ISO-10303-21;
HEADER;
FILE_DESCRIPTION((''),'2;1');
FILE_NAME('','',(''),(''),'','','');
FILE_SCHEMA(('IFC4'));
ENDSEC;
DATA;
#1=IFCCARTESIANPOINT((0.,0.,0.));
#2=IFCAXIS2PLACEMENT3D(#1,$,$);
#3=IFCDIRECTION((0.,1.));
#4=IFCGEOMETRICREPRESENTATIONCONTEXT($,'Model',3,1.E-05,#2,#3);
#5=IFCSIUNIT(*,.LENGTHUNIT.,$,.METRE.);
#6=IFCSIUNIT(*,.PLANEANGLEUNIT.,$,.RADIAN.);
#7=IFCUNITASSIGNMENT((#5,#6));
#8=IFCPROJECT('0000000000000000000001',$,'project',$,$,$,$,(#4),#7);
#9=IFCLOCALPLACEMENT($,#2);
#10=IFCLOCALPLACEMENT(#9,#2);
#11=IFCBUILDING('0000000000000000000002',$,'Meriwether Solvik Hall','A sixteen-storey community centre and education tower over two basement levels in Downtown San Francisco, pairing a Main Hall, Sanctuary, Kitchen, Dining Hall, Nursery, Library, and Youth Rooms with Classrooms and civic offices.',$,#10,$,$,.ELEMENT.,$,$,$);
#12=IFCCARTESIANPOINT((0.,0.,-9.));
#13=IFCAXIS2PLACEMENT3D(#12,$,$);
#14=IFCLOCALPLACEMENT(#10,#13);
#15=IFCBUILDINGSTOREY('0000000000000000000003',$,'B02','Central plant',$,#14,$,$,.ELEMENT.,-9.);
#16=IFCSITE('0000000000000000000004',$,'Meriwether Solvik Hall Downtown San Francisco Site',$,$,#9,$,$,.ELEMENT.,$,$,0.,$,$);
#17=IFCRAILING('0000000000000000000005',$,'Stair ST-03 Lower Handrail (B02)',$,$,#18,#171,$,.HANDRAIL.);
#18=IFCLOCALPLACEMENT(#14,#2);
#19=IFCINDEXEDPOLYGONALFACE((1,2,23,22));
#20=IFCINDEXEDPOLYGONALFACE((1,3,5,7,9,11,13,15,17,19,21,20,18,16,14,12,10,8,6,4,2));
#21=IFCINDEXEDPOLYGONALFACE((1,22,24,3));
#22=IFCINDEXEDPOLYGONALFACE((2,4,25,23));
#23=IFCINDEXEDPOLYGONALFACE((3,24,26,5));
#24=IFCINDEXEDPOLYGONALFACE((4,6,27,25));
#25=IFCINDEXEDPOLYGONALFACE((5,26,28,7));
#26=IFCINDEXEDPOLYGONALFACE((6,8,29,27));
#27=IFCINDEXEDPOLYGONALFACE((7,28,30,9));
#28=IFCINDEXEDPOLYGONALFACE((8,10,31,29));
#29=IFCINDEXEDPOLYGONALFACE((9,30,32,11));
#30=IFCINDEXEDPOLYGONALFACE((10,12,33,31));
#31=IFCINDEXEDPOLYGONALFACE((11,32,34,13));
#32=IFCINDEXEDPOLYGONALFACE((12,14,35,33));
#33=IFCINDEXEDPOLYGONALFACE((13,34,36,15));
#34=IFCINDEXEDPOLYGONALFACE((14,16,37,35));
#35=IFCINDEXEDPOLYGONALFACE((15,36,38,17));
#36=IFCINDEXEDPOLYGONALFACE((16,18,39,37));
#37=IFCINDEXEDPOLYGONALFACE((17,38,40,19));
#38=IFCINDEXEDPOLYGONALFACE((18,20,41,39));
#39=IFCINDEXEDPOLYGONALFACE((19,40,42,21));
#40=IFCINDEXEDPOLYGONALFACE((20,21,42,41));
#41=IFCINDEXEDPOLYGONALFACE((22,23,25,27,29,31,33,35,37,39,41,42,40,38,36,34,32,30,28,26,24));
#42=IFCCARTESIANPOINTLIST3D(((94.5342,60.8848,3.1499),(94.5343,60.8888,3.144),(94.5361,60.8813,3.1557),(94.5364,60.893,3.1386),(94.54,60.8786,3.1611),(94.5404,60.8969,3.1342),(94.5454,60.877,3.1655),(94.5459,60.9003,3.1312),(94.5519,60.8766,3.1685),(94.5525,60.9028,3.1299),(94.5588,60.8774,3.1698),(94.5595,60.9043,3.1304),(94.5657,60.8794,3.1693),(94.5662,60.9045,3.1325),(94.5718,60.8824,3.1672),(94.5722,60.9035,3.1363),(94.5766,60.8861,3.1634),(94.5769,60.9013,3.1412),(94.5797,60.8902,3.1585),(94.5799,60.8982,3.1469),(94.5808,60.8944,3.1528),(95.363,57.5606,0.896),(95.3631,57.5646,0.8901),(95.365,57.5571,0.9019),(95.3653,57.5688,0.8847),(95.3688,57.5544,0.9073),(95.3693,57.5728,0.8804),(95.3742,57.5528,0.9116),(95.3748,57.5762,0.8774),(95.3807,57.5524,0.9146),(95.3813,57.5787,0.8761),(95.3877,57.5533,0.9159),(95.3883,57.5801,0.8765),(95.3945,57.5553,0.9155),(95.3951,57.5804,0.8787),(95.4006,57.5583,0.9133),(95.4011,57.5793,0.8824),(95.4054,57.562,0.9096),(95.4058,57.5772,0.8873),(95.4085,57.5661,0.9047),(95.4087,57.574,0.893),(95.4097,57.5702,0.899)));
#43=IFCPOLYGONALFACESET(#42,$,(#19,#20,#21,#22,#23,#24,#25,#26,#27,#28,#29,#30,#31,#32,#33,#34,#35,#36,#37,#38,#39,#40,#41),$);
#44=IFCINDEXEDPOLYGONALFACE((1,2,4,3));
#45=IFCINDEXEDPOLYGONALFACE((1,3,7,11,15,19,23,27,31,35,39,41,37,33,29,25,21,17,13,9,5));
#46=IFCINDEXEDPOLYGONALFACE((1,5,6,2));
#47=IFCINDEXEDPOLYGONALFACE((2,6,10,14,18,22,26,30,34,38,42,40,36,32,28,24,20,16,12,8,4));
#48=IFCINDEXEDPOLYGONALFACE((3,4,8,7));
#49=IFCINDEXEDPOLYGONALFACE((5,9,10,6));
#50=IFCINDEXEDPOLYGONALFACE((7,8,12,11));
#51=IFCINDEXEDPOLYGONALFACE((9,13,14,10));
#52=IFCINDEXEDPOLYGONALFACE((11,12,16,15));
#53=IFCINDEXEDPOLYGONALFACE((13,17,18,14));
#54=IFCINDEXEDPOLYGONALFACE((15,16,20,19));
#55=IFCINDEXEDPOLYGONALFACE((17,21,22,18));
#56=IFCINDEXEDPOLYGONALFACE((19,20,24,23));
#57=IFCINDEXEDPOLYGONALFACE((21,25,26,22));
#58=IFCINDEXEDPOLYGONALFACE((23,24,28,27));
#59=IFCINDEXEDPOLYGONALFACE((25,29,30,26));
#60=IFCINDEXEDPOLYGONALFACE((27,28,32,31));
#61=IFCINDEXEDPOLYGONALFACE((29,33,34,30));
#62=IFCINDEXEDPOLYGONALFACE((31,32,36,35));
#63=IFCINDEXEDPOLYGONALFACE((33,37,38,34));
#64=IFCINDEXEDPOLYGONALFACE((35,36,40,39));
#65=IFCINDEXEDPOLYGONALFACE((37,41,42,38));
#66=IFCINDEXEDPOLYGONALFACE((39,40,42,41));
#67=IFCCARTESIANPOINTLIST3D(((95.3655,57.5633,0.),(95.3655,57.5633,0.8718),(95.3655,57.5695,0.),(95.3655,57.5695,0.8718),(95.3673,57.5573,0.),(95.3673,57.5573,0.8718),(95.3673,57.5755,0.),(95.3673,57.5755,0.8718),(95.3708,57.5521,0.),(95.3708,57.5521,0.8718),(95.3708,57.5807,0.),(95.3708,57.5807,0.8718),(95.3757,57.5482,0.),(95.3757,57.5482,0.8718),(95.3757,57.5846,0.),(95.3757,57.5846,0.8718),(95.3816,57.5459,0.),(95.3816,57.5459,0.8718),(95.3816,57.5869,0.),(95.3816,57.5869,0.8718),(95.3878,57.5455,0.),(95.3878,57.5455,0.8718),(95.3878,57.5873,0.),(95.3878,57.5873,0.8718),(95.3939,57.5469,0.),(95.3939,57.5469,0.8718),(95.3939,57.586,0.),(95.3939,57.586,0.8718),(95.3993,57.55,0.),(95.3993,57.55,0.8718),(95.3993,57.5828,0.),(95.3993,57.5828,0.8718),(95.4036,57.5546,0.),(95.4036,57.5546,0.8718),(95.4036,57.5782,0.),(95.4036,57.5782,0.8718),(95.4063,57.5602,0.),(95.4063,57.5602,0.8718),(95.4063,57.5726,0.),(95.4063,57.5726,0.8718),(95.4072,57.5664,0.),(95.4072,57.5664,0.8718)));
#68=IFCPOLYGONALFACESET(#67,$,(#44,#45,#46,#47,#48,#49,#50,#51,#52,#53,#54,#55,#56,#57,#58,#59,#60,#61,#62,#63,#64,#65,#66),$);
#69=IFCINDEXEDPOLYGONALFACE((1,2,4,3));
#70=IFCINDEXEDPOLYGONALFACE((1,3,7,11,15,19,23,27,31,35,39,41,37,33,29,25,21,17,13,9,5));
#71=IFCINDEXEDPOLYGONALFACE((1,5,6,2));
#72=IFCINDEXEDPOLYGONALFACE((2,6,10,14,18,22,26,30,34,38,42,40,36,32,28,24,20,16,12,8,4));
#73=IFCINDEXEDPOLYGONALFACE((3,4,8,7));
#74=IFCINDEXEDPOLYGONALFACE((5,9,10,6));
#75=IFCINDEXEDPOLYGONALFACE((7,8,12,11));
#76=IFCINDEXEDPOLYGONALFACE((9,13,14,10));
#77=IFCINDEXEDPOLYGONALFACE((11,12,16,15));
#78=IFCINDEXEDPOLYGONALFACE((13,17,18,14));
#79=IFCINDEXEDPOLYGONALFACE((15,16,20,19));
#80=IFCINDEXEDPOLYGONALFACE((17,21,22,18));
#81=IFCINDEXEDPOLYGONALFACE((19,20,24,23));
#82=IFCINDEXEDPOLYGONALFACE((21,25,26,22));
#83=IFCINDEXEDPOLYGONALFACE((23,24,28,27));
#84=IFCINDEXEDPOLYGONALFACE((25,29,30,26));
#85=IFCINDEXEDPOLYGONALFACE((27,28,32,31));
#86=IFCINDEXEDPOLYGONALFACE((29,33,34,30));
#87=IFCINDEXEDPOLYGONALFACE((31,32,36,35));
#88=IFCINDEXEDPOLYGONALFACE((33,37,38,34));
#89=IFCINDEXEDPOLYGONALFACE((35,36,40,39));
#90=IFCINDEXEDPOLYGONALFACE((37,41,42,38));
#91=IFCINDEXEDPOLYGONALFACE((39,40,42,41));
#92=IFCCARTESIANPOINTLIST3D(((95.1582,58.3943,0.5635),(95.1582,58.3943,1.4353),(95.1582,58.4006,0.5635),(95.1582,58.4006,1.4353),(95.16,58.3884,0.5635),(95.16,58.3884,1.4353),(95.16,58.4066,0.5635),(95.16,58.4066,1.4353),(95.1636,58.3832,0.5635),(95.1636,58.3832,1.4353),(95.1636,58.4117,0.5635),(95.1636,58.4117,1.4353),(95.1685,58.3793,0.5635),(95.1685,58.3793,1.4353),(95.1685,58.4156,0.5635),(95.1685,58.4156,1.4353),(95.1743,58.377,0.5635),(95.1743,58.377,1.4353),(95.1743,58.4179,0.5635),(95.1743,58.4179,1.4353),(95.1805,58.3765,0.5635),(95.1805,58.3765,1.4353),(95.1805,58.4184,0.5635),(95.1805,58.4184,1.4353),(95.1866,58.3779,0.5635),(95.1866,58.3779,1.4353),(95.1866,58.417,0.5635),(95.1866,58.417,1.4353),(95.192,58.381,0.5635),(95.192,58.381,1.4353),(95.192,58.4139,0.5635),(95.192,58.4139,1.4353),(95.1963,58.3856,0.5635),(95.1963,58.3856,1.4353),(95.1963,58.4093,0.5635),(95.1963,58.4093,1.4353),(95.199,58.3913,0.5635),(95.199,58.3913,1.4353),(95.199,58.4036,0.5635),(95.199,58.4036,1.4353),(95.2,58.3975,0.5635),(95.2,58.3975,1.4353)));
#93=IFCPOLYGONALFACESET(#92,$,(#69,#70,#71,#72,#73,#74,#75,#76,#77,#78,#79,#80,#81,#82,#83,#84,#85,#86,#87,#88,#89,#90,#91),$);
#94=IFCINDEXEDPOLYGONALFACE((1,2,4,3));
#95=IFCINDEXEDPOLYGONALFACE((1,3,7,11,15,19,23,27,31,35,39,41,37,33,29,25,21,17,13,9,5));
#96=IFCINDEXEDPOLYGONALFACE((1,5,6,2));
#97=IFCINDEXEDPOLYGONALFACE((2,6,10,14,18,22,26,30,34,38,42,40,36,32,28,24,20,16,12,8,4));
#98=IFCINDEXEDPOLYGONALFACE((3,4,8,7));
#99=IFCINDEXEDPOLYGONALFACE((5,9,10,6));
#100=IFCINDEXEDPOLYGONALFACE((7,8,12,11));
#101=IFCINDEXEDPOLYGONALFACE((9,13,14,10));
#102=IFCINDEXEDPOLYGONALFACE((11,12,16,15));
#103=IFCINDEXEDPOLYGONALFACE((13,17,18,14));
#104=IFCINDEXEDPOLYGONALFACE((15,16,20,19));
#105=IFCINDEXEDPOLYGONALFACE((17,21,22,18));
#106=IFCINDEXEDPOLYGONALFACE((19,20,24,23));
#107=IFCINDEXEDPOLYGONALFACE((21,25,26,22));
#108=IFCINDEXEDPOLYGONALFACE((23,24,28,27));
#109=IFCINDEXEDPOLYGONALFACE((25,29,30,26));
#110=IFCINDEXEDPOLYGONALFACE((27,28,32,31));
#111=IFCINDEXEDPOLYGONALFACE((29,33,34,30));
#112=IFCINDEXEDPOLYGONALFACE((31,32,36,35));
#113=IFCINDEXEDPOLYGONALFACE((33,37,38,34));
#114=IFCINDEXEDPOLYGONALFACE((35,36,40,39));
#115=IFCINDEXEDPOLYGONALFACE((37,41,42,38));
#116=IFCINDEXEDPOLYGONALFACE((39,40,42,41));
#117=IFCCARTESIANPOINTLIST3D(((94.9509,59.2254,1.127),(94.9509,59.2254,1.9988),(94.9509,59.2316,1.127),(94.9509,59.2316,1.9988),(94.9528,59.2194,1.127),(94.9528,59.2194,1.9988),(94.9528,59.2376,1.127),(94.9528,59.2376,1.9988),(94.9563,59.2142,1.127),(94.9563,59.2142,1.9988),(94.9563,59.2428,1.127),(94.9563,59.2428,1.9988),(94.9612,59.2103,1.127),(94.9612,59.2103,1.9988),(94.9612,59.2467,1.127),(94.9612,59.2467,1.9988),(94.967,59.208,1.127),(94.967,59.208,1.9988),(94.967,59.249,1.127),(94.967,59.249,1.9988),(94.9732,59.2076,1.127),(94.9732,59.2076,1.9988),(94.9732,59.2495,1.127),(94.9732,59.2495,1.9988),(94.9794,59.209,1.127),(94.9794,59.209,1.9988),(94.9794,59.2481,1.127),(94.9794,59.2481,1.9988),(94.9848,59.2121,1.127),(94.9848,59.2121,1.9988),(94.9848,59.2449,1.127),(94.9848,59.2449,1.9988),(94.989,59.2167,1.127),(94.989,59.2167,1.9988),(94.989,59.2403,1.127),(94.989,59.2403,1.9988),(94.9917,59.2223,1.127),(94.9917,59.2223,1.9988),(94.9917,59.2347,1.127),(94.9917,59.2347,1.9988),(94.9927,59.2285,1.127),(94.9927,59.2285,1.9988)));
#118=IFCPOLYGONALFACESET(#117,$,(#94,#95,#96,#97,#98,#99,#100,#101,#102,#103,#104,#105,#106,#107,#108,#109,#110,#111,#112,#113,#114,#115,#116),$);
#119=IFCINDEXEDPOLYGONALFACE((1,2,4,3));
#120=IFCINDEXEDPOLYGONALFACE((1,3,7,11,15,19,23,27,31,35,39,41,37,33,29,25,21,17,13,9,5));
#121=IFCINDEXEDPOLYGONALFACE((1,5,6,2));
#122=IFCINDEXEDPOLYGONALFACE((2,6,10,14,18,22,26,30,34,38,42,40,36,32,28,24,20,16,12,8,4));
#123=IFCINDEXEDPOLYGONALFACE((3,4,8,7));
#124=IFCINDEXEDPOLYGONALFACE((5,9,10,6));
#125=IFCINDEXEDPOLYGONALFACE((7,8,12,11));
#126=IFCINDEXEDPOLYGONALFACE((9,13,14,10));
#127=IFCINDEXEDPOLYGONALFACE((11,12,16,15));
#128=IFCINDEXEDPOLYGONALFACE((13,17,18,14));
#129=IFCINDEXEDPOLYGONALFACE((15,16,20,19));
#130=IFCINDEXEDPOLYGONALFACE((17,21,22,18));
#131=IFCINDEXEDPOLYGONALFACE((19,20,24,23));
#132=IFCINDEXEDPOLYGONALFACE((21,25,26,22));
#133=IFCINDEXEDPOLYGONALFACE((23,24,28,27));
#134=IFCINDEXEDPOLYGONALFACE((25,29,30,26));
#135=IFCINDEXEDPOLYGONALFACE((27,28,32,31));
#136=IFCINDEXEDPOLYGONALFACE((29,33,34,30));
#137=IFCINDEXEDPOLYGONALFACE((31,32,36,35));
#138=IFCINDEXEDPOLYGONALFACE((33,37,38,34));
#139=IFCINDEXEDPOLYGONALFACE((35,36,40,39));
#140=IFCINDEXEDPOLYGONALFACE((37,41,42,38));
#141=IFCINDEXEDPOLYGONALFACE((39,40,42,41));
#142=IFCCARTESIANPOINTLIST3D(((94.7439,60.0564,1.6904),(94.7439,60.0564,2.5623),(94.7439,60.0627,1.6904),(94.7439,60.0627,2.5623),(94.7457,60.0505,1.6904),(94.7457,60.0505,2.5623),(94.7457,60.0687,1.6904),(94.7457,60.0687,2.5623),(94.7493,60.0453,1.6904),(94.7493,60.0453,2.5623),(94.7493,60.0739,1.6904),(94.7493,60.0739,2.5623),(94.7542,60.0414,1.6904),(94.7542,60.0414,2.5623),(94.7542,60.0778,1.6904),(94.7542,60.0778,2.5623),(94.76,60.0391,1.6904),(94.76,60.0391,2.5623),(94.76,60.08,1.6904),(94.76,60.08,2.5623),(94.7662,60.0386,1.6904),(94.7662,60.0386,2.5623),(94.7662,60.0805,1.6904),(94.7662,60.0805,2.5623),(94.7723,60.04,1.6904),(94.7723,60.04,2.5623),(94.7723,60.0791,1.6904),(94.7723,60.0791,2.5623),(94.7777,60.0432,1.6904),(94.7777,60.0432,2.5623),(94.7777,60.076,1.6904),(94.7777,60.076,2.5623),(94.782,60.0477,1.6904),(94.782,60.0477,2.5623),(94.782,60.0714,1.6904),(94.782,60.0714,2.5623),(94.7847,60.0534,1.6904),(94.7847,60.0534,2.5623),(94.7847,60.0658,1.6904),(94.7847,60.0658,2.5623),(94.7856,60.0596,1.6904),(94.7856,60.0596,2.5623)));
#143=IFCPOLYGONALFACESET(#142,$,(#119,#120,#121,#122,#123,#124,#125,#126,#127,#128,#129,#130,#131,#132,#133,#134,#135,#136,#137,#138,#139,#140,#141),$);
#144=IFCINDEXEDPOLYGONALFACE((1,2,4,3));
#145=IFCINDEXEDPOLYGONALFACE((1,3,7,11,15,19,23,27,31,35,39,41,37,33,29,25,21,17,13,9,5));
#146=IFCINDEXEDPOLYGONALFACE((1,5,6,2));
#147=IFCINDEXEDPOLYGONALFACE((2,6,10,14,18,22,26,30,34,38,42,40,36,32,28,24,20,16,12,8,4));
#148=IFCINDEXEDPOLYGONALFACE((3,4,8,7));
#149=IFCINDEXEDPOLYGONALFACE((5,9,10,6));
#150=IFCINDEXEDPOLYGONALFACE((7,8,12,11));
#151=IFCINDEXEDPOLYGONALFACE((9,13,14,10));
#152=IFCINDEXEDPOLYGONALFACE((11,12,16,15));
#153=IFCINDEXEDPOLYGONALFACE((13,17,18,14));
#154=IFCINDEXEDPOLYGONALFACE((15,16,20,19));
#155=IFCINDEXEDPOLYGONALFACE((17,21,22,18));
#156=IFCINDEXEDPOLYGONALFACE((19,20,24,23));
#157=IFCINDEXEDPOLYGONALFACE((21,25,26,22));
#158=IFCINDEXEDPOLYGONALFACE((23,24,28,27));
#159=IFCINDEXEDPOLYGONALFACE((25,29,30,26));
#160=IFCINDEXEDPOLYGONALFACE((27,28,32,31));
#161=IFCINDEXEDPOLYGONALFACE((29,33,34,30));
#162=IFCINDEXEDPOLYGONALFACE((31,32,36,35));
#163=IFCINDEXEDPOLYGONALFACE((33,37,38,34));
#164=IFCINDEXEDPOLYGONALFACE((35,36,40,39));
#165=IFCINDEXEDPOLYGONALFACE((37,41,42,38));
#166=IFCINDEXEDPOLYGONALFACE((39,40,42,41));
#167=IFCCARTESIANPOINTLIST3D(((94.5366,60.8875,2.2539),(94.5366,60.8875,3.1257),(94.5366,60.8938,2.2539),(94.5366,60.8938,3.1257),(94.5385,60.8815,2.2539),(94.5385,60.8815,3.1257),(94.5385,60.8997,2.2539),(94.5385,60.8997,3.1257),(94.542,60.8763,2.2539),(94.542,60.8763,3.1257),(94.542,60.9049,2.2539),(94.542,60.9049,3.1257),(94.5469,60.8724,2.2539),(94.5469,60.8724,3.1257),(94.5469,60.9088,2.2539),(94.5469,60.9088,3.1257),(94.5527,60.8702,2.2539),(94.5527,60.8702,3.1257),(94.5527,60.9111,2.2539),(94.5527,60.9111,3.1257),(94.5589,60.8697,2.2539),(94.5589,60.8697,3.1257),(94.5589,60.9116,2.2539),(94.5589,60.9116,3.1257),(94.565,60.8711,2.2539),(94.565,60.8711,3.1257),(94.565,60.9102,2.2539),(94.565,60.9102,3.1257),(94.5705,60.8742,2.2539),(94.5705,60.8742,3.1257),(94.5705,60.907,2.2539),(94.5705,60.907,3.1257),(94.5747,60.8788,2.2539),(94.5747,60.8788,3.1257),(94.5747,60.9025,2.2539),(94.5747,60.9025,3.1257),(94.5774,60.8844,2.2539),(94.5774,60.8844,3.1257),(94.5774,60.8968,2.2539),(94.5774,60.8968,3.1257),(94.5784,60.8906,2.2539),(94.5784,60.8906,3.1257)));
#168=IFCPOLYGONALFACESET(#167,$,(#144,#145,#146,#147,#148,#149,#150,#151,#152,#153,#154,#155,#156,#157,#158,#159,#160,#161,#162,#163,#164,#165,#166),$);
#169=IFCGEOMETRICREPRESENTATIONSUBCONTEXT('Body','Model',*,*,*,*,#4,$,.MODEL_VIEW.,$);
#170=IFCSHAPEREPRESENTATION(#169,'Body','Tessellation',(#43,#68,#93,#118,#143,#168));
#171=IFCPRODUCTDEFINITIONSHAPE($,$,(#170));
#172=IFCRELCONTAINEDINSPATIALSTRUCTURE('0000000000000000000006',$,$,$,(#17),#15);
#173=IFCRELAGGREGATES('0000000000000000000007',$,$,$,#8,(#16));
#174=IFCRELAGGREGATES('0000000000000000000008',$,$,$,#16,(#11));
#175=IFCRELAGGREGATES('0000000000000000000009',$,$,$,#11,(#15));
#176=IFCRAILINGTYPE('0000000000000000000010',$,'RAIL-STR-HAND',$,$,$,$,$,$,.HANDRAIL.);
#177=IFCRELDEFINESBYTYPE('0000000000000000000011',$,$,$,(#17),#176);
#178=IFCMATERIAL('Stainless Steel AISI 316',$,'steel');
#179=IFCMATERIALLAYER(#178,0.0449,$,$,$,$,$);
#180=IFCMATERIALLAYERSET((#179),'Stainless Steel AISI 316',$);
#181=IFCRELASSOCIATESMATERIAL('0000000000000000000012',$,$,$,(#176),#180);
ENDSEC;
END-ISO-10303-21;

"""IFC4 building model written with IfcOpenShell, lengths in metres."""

from ifc_helpers import new_model, si_unit, direction, frame, origin, origin_2d, place, context, subcontext, project, spatial, circle, extrude, material, layer, layer_set, type_object, element, save


model = new_model("IFC4")

# Units and contexts
model_context = context("Model", 3, precision=1e-05, world=origin(), true_north=direction((0.0, 1.0)))
body_context = subcontext(model_context, "Body", "Model", "MODEL_VIEW")
ifc_project = project(units=[si_unit("LENGTHUNIT", "METRE"), si_unit("PLANEANGLEUNIT", "RADIAN")], contexts=[model_context])

# Site, building, storey
site_placement = place(None, origin())
site = spatial("IfcSite", under=ifc_project, at=site_placement, Name="Meriwether Solvik Hall Downtown San Francisco Site", CompositionType="ELEMENT", RefElevation=0.0)
building_placement = place(site_placement, origin())
building = spatial("IfcBuilding", under=site, at=building_placement, Name="Meriwether Solvik Hall", Description="A sixteen-storey community centre and education tower over two basement levels in Downtown San Francisco, pairing a Main Hall, Sanctuary, Kitchen, Dining Hall, Nursery, Library, and Youth Rooms with Classrooms and civic offices.", CompositionType="ELEMENT")
storey_placement = place(building_placement, frame((0.0, 0.0, -9.0)))
storey = spatial("IfcBuildingStorey", under=building, at=storey_placement, Name="B02", Description="Central plant", CompositionType="ELEMENT", Elevation=-9.0)

# Railing
ifc_material_1 = material(Name="Stainless Steel AISI 316", Category="steel")
ifc_layer_1 = layer(ifc_material_1, 0.0449)
ifc_layer_set_1 = layer_set([ifc_layer_1], Name="Stainless Steel AISI 316")
railing_type_1 = type_object("IfcRailingType", Name="RAIL-STR-HAND", PredefinedType="HANDRAIL", material=ifc_layer_set_1)
railing_1_placement = place(storey_placement, frame((95.3862, 57.5664, 0.0)))
element("IfcRailing", 1, at=railing_1_placement, inside=storey, type_object=railing_type_1, Name="Stair ST-03 Lower Handrail (B02)", PredefinedType="HANDRAIL", context=body_context, shape_type="SweptSolid", body=[
    extrude(circle(Radius=0.0239, at=origin_2d()), frame((0.0, 0.0, 0.896), z_axis=(-0.202115, 0.810604, 0.54961), x_axis=(-0.970293, -0.241932, 0.0)), (0.0, 0.0, 1.0), 4.1008),
    extrude(circle(Radius=0.021, at=origin_2d()), origin(), (0.0, 0.0, 1.0), 0.8718),
    extrude(circle(Radius=0.021, at=origin_2d()), frame((-0.2073, 0.8311, 0.5635)), (0.0, 0.0, 1.0), 0.8718),
    extrude(circle(Radius=0.021, at=origin_2d()), frame((-0.4146, 1.6621, 1.127)), (0.0, 0.0, 1.0), 0.8718),
    extrude(circle(Radius=0.021, at=origin_2d()), frame((-0.6216, 2.4932, 1.6904)), (0.0, 0.0, 1.0), 0.8718),
    extrude(circle(Radius=0.021, at=origin_2d()), frame((-0.8289, 3.3242, 2.2539)), (0.0, 0.0, 1.0), 0.8718),
])

save(model, "model.ifc")
